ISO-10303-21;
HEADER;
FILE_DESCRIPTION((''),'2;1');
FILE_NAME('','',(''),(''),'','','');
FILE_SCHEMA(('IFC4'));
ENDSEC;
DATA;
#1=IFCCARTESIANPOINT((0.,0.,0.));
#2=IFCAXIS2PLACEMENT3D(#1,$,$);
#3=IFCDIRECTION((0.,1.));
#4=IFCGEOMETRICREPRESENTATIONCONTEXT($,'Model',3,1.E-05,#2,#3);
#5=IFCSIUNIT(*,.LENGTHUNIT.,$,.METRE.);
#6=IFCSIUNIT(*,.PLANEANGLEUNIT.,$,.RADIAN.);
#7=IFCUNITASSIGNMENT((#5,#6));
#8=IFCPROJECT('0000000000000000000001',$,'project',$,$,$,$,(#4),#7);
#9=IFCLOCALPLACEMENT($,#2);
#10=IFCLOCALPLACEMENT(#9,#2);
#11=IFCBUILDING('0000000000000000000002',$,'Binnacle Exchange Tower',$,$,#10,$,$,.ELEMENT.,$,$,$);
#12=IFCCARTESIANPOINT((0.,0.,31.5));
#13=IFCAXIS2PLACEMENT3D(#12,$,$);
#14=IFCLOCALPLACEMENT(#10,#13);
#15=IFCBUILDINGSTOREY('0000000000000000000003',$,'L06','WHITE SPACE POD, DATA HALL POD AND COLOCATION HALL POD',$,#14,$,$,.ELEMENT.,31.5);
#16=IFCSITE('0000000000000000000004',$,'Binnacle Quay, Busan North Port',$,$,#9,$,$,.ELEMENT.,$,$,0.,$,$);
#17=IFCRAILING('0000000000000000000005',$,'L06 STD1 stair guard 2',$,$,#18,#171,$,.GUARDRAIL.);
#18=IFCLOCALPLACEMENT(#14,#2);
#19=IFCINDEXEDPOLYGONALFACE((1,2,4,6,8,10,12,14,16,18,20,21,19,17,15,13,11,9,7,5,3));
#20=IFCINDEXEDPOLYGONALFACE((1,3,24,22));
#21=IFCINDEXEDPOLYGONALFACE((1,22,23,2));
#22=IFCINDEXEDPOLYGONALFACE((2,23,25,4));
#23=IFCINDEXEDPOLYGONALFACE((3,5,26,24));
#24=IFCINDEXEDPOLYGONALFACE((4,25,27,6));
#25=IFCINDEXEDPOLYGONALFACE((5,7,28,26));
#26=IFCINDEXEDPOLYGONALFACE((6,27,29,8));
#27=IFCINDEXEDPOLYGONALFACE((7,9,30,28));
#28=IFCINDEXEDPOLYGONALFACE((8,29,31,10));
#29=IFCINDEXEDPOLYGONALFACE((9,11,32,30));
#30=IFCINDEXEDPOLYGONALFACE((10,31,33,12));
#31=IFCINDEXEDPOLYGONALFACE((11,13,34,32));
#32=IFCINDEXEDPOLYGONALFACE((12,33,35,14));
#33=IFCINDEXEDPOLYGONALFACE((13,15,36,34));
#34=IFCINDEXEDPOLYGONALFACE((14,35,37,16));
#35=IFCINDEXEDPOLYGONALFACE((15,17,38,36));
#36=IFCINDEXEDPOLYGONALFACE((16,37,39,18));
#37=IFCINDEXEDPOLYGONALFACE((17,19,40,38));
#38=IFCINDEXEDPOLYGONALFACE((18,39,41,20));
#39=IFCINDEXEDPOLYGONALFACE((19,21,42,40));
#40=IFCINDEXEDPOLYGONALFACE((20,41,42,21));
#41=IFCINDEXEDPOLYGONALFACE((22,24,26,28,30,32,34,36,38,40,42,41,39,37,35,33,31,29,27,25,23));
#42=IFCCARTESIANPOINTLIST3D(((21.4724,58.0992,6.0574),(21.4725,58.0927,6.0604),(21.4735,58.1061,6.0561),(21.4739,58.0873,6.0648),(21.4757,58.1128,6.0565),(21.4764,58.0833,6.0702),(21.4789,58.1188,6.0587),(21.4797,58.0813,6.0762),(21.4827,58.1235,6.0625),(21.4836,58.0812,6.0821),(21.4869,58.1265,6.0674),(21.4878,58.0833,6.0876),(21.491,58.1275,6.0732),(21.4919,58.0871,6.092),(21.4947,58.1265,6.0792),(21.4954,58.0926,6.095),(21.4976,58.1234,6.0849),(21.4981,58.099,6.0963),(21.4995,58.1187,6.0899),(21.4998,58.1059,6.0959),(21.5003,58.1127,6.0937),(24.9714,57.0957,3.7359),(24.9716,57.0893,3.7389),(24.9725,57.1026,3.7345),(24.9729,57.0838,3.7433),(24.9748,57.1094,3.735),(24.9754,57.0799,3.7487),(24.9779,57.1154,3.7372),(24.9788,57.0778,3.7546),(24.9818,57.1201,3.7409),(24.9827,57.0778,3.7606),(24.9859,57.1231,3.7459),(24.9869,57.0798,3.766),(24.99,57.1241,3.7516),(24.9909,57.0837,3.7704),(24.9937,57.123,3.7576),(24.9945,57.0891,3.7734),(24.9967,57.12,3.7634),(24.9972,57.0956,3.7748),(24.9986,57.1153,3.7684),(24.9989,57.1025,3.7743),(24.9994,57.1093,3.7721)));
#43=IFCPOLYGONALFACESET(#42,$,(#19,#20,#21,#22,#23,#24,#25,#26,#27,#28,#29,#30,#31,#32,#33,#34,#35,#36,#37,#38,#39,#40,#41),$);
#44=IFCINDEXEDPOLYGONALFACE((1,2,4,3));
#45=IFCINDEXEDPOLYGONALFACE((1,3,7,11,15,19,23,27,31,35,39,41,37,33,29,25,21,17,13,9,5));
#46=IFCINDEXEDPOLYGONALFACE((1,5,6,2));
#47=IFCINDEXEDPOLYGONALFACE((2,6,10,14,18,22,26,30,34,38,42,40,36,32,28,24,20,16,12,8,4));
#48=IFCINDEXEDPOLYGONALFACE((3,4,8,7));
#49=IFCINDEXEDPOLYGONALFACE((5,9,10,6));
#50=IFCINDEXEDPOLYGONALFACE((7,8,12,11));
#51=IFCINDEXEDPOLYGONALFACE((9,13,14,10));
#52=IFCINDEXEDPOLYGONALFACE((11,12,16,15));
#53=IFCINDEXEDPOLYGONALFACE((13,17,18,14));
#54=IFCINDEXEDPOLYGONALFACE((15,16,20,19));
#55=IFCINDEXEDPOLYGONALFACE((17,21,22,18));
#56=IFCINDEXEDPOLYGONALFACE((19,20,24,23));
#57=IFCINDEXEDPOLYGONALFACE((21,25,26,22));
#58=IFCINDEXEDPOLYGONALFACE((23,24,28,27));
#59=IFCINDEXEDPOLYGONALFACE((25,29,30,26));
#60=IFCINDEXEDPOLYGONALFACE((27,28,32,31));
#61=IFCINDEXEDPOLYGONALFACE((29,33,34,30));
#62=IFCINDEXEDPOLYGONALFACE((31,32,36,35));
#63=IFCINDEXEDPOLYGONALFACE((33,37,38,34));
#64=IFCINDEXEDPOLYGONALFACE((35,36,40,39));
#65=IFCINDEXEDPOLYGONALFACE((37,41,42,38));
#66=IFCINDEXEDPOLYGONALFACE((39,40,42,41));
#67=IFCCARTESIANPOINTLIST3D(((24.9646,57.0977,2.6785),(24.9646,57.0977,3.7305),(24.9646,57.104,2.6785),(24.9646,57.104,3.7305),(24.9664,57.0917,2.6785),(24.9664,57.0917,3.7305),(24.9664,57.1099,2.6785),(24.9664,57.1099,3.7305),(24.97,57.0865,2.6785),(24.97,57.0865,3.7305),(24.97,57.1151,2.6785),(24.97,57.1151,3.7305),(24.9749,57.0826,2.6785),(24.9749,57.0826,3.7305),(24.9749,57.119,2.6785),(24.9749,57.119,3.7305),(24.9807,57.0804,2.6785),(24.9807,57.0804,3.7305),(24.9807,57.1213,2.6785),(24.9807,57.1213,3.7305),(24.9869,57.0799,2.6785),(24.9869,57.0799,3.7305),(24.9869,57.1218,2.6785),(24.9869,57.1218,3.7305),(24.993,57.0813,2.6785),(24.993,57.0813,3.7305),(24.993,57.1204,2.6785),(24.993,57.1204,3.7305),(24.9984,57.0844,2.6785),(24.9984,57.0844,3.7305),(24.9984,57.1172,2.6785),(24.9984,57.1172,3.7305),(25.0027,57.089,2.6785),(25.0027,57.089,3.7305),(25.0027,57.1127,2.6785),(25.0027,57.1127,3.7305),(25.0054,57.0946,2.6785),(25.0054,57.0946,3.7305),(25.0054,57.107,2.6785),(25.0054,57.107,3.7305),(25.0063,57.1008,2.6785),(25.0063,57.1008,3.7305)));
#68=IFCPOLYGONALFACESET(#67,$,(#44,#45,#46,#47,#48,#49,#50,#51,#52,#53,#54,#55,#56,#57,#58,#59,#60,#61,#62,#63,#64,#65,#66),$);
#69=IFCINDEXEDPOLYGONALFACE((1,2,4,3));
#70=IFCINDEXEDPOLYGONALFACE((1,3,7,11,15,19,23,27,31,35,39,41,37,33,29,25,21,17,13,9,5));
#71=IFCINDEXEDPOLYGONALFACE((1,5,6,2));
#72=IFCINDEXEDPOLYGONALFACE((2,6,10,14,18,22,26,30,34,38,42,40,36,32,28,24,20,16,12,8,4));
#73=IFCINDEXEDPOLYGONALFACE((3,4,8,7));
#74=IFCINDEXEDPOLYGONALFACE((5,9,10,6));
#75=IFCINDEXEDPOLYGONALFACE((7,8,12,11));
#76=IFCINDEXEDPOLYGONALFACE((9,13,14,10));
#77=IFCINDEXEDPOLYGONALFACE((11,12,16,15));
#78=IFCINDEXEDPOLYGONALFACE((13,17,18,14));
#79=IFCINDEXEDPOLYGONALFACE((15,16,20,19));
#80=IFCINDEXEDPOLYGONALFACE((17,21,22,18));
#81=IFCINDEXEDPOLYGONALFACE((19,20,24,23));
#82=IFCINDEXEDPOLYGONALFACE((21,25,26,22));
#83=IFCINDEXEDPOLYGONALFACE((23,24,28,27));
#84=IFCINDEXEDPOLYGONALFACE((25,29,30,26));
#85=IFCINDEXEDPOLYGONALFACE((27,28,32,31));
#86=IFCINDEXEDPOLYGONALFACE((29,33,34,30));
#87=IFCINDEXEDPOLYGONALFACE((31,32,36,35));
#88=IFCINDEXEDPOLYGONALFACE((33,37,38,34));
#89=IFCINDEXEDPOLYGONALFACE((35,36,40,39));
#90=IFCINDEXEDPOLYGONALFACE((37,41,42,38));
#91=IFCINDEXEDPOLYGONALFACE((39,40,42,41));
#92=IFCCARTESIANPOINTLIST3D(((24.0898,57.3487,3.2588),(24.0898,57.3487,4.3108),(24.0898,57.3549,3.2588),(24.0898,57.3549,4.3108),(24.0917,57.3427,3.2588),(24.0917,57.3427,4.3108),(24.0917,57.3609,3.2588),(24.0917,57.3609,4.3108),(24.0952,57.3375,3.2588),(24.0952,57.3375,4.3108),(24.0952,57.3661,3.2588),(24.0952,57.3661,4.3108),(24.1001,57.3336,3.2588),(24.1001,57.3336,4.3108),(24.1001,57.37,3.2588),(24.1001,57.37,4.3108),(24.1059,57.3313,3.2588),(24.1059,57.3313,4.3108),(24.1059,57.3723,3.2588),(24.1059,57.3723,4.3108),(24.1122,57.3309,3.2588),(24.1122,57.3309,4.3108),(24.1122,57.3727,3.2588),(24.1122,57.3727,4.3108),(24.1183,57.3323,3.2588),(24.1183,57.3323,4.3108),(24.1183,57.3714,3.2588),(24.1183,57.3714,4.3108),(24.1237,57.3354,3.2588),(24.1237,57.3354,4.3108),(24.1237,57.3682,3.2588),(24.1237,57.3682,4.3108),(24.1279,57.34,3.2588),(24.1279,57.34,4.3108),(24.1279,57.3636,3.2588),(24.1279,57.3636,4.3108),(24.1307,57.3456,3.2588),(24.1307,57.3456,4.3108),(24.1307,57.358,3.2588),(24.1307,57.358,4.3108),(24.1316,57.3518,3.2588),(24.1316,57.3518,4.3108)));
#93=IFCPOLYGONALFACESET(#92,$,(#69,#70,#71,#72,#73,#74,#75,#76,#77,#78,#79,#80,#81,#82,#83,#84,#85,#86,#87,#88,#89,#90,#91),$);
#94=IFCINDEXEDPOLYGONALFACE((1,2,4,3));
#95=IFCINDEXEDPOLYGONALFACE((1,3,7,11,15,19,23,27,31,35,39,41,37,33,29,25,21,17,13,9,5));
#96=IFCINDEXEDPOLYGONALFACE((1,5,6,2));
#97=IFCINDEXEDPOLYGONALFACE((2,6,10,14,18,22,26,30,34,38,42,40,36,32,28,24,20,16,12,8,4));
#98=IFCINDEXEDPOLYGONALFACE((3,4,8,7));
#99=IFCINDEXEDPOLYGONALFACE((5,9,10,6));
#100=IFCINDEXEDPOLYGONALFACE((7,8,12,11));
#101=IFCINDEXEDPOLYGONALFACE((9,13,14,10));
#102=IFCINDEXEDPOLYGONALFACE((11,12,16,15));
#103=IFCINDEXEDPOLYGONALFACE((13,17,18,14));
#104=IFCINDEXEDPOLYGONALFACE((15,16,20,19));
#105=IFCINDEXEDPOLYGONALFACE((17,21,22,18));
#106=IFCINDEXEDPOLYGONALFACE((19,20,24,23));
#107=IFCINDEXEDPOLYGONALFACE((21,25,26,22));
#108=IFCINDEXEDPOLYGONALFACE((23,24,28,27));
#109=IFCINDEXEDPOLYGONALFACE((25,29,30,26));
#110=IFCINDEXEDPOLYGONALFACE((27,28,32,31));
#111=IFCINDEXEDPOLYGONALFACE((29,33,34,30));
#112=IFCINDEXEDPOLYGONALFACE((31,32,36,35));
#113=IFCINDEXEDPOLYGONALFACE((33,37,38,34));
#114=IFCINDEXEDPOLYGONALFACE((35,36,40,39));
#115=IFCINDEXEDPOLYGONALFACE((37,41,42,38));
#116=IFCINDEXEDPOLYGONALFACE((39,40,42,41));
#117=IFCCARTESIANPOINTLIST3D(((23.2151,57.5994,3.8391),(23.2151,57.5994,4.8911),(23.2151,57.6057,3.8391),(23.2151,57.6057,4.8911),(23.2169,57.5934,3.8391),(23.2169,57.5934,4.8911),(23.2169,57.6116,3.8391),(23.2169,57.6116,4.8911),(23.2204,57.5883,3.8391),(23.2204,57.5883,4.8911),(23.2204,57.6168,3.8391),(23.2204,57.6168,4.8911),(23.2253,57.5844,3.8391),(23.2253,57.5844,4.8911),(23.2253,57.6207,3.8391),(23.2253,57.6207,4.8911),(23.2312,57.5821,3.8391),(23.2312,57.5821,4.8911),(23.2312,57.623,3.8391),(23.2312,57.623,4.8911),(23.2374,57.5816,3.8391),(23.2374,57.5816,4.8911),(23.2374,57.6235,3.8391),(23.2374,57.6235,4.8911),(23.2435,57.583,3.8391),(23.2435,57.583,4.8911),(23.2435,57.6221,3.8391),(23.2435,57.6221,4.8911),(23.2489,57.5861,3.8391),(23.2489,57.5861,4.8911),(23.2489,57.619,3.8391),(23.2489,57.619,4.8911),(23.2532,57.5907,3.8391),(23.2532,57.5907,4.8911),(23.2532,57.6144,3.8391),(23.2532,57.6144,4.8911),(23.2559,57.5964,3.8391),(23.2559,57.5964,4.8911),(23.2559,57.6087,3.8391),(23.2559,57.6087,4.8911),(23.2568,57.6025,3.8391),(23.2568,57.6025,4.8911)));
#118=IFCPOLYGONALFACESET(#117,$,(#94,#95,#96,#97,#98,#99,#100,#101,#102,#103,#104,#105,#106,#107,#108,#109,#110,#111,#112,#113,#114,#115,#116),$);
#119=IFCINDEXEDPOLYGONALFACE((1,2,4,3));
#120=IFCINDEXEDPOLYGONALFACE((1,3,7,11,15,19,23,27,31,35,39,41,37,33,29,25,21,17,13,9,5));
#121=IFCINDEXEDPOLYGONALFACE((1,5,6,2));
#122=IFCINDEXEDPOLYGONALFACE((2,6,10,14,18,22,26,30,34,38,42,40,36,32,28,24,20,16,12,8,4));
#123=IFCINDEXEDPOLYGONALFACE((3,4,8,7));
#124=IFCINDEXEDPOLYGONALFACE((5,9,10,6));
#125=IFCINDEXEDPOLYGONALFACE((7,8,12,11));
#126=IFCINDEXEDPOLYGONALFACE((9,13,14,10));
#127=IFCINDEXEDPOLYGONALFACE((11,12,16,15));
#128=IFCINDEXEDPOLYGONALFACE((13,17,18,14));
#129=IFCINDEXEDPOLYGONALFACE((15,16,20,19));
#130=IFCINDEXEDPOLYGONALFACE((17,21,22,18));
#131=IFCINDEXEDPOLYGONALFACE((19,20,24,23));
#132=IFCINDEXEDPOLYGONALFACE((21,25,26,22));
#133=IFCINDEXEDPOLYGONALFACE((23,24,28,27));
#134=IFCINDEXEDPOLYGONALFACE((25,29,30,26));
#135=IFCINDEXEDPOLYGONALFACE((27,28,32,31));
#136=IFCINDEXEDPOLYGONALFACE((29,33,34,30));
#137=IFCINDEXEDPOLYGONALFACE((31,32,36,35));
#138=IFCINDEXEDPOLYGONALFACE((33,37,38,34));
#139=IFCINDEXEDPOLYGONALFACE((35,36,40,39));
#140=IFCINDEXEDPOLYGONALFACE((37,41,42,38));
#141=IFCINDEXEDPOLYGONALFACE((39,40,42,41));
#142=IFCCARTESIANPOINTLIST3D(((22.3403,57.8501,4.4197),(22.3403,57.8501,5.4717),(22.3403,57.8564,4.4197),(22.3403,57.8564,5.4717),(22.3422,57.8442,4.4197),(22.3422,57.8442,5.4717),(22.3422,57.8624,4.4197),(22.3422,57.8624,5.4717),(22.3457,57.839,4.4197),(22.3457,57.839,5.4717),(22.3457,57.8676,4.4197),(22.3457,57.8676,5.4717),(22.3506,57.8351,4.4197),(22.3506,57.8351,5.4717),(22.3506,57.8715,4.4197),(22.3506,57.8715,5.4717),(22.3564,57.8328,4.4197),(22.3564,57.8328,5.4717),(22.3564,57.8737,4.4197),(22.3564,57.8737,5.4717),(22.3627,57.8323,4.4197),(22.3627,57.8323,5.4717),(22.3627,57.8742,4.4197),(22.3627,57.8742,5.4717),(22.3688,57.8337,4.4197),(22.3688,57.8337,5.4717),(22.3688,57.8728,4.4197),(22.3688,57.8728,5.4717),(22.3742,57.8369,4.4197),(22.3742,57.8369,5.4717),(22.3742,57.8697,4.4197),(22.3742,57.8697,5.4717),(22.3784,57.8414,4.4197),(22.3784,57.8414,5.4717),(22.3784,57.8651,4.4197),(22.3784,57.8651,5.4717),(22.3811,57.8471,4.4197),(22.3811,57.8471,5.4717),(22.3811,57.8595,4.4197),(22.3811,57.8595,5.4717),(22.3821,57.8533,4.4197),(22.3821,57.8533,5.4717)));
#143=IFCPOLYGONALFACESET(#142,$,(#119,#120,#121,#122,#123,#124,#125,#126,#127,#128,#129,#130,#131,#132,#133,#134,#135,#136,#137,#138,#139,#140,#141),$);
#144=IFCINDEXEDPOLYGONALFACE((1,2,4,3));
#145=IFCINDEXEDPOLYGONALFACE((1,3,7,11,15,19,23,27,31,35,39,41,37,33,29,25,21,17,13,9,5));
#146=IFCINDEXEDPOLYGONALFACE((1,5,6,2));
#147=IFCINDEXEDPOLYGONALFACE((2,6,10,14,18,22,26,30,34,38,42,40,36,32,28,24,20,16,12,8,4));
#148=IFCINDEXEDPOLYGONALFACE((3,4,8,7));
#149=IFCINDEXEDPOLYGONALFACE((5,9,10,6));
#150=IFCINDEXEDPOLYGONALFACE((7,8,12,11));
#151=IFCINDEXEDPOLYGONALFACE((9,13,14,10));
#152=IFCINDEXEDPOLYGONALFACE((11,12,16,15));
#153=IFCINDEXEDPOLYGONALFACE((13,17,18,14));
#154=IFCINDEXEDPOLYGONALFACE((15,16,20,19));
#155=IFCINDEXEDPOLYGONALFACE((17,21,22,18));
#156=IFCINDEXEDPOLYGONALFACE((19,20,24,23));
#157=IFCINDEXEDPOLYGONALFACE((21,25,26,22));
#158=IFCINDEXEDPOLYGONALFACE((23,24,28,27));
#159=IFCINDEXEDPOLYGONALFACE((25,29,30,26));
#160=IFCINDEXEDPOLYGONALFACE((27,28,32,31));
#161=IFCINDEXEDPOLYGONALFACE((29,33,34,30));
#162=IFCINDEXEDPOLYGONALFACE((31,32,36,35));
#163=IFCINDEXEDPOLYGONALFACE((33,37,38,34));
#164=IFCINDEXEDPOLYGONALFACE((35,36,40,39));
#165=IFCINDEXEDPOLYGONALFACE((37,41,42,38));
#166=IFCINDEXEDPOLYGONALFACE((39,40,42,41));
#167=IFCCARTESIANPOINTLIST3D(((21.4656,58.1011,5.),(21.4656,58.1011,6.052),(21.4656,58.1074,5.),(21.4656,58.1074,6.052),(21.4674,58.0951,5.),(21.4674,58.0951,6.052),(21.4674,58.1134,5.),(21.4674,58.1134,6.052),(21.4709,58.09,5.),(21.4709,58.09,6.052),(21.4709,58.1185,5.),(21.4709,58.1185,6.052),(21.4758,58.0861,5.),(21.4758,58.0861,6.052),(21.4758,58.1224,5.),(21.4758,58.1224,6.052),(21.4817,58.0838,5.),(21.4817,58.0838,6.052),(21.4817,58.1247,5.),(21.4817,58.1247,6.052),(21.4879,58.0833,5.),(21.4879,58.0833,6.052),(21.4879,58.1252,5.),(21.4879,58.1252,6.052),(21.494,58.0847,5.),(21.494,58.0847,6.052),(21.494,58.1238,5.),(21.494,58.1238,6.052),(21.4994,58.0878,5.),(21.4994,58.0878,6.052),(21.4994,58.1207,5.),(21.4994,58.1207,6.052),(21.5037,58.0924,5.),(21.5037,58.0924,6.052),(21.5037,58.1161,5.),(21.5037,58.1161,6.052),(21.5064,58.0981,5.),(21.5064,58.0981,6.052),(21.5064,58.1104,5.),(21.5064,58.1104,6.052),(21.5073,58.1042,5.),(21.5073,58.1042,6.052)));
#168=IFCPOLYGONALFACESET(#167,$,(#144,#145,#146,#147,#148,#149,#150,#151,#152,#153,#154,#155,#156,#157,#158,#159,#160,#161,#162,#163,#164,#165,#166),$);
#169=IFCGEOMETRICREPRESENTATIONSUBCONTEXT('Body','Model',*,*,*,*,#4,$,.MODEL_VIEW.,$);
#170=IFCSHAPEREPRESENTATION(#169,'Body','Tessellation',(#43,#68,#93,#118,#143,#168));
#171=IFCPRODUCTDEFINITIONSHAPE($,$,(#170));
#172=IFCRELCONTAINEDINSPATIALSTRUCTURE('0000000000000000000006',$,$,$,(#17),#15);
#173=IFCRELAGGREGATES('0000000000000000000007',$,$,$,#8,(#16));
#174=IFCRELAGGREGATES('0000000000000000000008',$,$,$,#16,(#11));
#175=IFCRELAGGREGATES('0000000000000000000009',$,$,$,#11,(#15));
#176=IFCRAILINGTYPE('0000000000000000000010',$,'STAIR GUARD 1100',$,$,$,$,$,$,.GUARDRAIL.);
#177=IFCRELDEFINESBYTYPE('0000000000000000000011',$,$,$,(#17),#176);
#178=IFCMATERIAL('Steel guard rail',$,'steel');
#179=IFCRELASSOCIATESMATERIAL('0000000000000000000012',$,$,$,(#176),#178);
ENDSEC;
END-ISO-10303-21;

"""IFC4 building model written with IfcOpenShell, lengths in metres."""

from ifc_helpers import new_model, si_unit, direction, frame, origin, origin_2d, place, context, subcontext, project, spatial, circle, extrude, material, type_object, element, save


model = new_model("IFC4")

# Units and contexts
model_context = context("Model", 3, precision=1e-05, world=origin(), true_north=direction((0.0, 1.0)))
body_context = subcontext(model_context, "Body", "Model", "MODEL_VIEW")
ifc_project = project(units=[si_unit("LENGTHUNIT", "METRE"), si_unit("PLANEANGLEUNIT", "RADIAN")], contexts=[model_context])

# Site, building, storey
site_placement = place(None, origin())
site = spatial("IfcSite", under=ifc_project, at=site_placement, Name="Binnacle Quay, Busan North Port", CompositionType="ELEMENT", RefElevation=0.0)
building_placement = place(site_placement, origin())
building = spatial("IfcBuilding", under=site, at=building_placement, Name="Binnacle Exchange Tower", CompositionType="ELEMENT")
storey_placement = place(building_placement, frame((0.0, 0.0, 31.5)))
storey = spatial("IfcBuildingStorey", under=building, at=storey_placement, Name="L06", Description="WHITE SPACE POD, DATA HALL POD AND COLOCATION HALL POD", CompositionType="ELEMENT", Elevation=31.5)

# Railing
ifc_material_1 = material(Name="Steel guard rail", Category="steel")
railing_type_1 = type_object("IfcRailingType", Name="STAIR GUARD 1100", PredefinedType="GUARDRAIL", material=ifc_material_1)
railing_1_placement = place(storey_placement, frame((24.9854, 57.1008, 2.6785)))
element("IfcRailing", 1, at=railing_1_placement, inside=storey, type_object=railing_type_1, Name="L06 STD1 stair guard 2", PredefinedType="GUARDRAIL", context=body_context, shape_type="SweptSolid", body=[
    extrude(circle(Radius=0.0239, at=origin_2d()), frame((0.0, 0.0, 1.0762), z_axis=(-0.810456, 0.232415, 0.537722), x_axis=(-0.27566, -0.961255, 0.0)), (0.0, 0.0, 1.0), 4.3174),
    extrude(circle(Radius=0.021, at=origin_2d()), origin(), (0.0, 0.0, 1.0), 1.052),
    extrude(circle(Radius=0.021, at=origin_2d()), frame((-0.8748, 0.251, 0.5803)), (0.0, 0.0, 1.0), 1.052),
    extrude(circle(Radius=0.021, at=origin_2d()), frame((-1.7495, 0.5017, 1.1606)), (0.0, 0.0, 1.0), 1.052),
    extrude(circle(Radius=0.021, at=origin_2d()), frame((-2.6243, 0.7524, 1.7412)), (0.0, 0.0, 1.0), 1.052),
    extrude(circle(Radius=0.021, at=origin_2d()), frame((-3.499, 1.0034, 2.3215)), (0.0, 0.0, 1.0), 1.052),
])

save(model, "model.ifc")
